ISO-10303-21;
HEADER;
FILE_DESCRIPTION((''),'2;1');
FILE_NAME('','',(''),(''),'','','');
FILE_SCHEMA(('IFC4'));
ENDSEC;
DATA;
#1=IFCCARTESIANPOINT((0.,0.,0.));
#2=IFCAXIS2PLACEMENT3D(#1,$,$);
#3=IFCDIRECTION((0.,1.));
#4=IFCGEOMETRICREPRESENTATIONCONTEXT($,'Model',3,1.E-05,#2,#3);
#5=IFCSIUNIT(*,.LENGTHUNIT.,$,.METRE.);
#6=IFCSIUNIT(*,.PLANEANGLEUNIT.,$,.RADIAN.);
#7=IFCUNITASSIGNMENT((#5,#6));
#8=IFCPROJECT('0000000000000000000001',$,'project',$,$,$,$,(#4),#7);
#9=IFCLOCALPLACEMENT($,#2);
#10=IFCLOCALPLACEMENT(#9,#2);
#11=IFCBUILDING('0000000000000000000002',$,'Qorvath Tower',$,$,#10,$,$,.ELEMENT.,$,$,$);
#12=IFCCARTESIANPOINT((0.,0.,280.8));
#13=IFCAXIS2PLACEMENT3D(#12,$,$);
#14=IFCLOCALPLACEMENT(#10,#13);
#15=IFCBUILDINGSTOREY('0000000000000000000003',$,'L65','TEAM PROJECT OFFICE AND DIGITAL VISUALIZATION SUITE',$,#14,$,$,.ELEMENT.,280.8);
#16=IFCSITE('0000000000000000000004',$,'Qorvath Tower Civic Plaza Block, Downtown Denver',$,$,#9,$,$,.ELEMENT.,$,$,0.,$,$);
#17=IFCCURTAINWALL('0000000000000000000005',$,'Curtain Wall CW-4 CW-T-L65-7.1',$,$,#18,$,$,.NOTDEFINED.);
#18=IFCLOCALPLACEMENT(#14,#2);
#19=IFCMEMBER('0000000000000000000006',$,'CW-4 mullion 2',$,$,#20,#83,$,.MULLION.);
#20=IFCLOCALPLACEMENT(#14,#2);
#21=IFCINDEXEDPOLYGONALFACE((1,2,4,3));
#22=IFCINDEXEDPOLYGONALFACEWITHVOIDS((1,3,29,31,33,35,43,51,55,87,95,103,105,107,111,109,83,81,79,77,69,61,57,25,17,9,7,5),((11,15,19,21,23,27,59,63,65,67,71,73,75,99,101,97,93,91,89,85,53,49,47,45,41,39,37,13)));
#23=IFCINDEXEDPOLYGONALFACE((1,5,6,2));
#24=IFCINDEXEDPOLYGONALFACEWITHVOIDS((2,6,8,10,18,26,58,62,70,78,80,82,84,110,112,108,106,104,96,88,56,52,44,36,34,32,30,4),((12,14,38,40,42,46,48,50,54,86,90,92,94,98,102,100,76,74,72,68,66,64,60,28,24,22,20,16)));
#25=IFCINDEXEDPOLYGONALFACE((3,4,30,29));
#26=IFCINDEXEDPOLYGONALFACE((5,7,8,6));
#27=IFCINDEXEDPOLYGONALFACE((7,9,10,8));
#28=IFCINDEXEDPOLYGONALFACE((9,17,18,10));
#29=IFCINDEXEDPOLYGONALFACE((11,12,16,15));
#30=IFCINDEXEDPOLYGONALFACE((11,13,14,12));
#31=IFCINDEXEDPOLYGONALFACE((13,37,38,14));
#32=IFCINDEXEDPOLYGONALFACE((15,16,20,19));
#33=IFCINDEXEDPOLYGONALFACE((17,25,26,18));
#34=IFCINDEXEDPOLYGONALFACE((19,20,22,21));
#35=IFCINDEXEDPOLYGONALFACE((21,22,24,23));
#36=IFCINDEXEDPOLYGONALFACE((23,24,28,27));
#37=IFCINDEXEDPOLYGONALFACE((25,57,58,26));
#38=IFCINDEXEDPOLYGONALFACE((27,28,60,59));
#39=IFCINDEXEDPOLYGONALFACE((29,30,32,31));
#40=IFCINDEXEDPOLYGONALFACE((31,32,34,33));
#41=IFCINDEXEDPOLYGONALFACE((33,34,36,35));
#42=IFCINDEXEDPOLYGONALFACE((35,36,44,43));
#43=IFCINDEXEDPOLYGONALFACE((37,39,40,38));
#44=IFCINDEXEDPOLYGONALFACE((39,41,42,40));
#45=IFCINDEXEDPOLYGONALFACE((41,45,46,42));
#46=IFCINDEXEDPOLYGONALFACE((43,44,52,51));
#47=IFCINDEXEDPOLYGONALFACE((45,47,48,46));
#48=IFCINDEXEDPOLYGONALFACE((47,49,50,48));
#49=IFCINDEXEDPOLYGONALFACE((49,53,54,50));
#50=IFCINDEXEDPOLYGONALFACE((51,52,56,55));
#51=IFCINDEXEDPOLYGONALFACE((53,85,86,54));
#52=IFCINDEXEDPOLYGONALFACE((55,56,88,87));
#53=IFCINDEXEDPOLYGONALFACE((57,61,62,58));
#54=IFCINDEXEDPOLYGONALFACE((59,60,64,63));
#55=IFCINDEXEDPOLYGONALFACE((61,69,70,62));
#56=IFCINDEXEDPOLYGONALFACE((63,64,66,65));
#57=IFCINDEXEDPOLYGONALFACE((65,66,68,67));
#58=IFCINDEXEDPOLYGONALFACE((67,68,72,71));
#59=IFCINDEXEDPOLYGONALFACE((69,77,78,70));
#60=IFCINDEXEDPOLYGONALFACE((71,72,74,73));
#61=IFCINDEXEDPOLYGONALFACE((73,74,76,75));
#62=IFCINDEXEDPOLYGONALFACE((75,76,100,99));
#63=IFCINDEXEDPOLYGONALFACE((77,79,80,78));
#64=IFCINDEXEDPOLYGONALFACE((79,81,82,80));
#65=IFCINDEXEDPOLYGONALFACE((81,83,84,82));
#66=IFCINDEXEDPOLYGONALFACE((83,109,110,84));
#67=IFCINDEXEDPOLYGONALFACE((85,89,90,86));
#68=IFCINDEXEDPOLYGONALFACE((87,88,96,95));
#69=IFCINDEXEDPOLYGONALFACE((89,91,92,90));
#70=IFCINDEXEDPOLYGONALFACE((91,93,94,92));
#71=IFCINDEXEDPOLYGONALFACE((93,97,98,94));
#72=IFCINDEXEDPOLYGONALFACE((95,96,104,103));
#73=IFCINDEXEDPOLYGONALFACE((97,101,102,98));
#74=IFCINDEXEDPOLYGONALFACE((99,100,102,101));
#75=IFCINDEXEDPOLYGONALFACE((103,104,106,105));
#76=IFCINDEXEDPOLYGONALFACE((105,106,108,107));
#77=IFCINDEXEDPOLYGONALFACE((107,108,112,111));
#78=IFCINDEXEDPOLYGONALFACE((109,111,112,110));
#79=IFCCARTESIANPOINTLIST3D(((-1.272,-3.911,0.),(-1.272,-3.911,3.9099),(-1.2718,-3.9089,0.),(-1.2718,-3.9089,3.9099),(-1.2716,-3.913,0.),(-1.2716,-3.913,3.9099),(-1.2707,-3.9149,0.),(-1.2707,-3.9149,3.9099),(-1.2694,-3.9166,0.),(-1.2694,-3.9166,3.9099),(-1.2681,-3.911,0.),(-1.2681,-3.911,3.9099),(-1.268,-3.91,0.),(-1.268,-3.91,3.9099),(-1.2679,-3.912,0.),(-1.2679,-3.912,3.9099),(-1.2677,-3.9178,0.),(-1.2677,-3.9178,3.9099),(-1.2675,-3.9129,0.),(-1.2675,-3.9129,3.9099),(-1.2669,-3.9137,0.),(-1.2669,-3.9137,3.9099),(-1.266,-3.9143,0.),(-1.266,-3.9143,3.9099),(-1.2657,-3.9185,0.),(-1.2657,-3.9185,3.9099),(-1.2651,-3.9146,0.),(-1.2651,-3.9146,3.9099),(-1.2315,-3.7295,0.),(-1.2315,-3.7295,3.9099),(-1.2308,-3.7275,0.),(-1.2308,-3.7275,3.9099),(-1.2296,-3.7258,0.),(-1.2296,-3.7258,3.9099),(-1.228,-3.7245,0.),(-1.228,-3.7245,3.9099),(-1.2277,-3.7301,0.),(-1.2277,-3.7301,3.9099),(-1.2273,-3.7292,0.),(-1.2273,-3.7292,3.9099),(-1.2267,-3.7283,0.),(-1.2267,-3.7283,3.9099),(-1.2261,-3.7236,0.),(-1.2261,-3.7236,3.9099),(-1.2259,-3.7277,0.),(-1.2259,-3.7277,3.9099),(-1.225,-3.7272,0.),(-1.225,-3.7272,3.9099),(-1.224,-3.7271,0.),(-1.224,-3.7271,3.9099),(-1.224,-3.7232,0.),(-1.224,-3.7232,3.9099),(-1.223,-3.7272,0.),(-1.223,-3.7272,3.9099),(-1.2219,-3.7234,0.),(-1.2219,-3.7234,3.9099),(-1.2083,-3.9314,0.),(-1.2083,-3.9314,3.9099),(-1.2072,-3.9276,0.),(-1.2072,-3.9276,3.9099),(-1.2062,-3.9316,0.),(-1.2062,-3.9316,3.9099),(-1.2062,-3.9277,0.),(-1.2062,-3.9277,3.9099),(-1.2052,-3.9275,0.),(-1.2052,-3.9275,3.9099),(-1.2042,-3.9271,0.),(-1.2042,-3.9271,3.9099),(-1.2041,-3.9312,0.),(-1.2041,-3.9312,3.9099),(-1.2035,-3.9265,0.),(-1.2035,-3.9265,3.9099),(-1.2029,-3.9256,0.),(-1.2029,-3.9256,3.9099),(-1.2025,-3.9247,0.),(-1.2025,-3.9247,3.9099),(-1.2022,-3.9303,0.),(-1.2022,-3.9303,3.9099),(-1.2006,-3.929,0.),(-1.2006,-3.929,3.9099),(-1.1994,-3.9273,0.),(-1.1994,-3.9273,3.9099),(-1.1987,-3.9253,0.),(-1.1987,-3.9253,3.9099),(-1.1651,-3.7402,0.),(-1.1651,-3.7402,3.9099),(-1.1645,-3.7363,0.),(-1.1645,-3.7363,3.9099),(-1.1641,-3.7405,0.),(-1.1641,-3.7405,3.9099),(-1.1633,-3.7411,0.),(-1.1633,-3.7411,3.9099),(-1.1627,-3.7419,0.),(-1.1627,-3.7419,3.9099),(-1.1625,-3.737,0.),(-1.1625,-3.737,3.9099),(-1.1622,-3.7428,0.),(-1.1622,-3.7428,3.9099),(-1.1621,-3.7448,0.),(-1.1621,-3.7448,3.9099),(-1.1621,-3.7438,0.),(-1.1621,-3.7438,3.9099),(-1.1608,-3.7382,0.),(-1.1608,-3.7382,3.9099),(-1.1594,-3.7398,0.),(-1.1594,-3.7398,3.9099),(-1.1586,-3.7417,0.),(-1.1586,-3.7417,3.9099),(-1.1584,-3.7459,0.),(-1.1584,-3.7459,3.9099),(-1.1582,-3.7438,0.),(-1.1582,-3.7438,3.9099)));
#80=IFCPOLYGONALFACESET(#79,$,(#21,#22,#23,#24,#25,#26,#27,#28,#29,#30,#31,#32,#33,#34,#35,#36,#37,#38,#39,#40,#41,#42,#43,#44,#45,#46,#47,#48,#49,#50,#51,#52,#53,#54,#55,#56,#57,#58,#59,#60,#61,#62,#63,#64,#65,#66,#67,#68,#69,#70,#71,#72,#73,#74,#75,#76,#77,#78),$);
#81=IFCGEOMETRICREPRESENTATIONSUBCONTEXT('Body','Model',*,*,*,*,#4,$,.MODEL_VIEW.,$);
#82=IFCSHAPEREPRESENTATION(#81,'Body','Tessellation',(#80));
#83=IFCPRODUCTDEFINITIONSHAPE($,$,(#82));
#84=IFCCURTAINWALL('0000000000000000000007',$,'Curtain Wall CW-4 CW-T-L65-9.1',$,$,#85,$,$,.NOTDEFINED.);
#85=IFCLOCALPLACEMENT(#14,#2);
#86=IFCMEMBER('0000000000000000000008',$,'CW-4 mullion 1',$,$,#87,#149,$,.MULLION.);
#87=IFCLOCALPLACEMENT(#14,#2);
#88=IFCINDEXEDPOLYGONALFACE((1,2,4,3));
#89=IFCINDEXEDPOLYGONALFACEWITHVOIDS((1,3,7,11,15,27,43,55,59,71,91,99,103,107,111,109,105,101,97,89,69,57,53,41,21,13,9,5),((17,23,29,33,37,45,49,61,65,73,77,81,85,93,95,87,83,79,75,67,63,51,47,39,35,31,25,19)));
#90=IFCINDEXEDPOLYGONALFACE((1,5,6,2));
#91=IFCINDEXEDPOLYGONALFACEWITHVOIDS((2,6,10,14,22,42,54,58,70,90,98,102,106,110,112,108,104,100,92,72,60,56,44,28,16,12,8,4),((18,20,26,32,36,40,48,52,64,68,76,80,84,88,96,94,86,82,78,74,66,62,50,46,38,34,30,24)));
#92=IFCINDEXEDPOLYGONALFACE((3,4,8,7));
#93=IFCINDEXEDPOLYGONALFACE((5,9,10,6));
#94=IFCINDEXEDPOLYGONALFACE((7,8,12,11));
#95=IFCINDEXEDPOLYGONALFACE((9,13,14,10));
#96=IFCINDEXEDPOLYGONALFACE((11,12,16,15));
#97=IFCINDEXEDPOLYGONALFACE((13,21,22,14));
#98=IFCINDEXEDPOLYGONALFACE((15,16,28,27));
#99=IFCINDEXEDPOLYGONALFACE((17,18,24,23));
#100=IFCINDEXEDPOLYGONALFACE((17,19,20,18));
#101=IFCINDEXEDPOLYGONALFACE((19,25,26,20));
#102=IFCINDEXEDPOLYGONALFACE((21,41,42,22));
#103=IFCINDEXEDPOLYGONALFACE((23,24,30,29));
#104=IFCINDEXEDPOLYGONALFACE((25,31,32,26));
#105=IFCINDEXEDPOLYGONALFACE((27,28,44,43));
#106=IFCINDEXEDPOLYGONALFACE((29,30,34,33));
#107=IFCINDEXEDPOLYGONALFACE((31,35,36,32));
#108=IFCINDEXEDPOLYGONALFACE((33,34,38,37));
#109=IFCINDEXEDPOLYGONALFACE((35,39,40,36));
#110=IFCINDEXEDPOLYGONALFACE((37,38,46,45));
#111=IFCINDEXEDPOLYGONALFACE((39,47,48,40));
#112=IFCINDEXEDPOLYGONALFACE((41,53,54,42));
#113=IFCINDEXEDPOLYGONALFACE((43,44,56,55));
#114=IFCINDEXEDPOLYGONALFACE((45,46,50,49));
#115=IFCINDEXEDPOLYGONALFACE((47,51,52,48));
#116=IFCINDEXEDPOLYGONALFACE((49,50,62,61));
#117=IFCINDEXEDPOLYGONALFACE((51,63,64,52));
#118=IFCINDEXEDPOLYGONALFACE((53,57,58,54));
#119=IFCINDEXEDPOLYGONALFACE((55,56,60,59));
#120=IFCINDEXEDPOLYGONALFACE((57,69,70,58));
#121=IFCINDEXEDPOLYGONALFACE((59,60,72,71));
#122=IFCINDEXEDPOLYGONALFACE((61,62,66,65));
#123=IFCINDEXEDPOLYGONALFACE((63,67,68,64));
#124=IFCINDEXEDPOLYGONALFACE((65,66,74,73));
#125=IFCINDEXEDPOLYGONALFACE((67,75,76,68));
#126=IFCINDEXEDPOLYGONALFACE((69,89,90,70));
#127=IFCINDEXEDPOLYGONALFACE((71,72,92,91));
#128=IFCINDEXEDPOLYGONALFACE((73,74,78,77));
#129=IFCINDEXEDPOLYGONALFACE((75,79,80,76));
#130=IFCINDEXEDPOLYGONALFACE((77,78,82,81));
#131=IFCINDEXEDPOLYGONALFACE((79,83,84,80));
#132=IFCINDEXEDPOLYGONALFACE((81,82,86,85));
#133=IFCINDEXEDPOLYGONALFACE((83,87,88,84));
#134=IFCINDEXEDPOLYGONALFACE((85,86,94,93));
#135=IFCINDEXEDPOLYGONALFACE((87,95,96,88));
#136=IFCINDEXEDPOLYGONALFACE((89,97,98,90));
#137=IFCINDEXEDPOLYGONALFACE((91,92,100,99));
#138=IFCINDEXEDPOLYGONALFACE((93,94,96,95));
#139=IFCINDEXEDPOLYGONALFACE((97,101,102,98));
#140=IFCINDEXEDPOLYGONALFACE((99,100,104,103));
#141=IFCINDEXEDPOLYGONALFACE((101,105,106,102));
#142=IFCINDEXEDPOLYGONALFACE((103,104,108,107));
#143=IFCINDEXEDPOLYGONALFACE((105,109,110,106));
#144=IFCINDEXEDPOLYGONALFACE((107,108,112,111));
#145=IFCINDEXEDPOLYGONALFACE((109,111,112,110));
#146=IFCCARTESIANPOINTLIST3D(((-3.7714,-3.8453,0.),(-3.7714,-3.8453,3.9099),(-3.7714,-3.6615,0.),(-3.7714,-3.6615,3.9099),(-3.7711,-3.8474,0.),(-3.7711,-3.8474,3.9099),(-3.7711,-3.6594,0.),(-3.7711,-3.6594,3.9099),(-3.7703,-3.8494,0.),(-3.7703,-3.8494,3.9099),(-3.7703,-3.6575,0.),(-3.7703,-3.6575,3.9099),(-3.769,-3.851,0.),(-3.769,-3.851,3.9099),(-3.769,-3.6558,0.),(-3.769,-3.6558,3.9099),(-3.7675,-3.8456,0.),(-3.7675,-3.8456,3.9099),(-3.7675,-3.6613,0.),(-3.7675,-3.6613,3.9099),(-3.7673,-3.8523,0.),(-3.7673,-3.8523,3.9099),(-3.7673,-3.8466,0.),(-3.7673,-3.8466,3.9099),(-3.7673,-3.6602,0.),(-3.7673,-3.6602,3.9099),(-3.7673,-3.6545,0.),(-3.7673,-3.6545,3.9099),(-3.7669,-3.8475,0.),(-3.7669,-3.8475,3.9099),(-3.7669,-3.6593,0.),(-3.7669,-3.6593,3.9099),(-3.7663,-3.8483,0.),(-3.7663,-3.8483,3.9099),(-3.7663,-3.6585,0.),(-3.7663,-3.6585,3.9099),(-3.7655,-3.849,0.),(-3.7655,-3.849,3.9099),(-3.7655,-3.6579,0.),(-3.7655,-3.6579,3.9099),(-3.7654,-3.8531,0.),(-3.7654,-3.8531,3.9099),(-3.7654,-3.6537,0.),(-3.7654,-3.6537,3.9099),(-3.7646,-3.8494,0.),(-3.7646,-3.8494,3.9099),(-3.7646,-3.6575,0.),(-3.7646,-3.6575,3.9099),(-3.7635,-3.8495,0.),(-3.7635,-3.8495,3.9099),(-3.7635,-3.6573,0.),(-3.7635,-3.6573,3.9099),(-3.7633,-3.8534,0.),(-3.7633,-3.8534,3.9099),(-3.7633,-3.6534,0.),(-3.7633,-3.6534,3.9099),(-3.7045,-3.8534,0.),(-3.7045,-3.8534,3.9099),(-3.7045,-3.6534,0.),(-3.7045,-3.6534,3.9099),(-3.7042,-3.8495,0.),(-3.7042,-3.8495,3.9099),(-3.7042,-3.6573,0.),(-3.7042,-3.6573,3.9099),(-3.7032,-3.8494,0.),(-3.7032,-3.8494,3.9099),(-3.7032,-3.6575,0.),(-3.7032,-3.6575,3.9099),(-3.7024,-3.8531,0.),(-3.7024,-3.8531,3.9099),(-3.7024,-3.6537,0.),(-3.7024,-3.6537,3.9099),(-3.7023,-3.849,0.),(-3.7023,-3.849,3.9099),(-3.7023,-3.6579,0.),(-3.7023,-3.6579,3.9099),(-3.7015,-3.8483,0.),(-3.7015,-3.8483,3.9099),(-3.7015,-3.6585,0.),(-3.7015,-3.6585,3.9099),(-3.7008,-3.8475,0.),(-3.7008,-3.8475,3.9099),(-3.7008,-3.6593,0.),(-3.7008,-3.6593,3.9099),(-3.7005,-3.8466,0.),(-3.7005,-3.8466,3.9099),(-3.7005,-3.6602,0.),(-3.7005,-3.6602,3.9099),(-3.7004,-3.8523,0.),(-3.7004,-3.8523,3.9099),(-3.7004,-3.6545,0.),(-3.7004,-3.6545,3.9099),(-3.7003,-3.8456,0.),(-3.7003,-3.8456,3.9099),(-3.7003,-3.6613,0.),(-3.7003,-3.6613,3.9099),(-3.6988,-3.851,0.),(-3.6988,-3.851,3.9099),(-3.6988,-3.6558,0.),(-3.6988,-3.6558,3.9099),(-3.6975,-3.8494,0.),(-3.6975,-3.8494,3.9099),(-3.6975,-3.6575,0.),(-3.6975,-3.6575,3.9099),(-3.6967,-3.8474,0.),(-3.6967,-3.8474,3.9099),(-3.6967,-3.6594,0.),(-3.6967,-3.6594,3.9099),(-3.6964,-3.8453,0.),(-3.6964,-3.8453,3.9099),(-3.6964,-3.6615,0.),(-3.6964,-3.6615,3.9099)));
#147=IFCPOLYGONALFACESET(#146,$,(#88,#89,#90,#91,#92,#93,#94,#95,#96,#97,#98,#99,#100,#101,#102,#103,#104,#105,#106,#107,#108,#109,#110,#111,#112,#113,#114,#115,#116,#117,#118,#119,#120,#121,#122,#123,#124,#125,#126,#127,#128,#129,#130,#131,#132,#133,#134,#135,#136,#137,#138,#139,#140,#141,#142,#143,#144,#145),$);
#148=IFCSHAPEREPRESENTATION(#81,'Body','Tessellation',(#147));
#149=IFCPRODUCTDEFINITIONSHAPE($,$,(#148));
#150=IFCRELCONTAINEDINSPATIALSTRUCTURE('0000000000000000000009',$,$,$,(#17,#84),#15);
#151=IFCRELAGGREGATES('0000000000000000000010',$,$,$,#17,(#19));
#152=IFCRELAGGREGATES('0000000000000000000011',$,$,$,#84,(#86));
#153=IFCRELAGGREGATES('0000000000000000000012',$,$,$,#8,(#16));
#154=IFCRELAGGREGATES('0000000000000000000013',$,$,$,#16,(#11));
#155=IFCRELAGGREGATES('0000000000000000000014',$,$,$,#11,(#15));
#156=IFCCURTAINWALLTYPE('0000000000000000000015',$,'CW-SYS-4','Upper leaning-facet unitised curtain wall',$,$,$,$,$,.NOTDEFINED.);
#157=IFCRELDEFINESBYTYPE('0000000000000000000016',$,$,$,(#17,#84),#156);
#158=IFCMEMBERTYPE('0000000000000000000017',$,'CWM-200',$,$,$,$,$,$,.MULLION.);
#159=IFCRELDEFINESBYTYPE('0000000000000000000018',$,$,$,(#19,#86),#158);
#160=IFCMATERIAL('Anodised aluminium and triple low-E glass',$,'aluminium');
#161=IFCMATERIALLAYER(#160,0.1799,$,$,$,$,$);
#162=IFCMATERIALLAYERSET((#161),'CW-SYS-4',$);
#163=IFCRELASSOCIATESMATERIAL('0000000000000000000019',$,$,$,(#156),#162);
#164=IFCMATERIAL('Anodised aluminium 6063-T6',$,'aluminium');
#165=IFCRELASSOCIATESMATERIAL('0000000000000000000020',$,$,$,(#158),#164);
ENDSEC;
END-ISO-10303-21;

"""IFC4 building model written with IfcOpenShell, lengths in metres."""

from ifc_helpers import new_model, si_unit, direction, frame, origin, origin_2d, place, context, subcontext, project, spatial, hollow_rectangle, extrude, material, layer, layer_set, material_profile, profile_set, type_object, element, aggregate, save


model = new_model("IFC4")

# Units and contexts
model_context = context("Model", 3, precision=1e-05, world=origin(), true_north=direction((0.0, 1.0)))
body_context = subcontext(model_context, "Body", "Model", "MODEL_VIEW")
ifc_project = project(units=[si_unit("LENGTHUNIT", "METRE"), si_unit("PLANEANGLEUNIT", "RADIAN")], contexts=[model_context])

# Site, building, storey
site_placement = place(None, origin())
site = spatial("IfcSite", under=ifc_project, at=site_placement, Name="Qorvath Tower Civic Plaza Block, Downtown Denver", CompositionType="ELEMENT", RefElevation=0.0)
building_placement = place(site_placement, origin())
building = spatial("IfcBuilding", under=site, at=building_placement, Name="Qorvath Tower", CompositionType="ELEMENT")
storey_placement = place(building_placement, frame((0.0, 0.0, 280.8)))
storey = spatial("IfcBuildingStorey", under=building, at=storey_placement, Name="L65", Description="TEAM PROJECT OFFICE AND DIGITAL VISUALIZATION SUITE", CompositionType="ELEMENT", Elevation=280.8)

# Curtain wall, member
ifc_material_1 = material(Name="Anodised aluminium and triple low-E glass", Category="aluminium")
ifc_layer_1 = layer(ifc_material_1, 0.1799)
ifc_layer_set_1 = layer_set([ifc_layer_1], Name="CW-SYS-4")
curtain_wall_type = type_object("IfcCurtainWallType", Name="CW-SYS-4", Description="Upper leaning-facet unitised curtain wall", PredefinedType="NOTDEFINED", material=ifc_layer_set_1)
curtain_wall_1_placement = place(storey_placement, origin())
curtain_wall_1 = element("IfcCurtainWall", 1, at=curtain_wall_1_placement, inside=storey, type_object=curtain_wall_type, Name="Curtain Wall CW-4 CW-T-L65-7.1", PredefinedType="NOTDEFINED")
ifc_material_2 = material(Name="Anodised aluminium 6063-T6", Category="aluminium")
ifc_material_profile_1 = material_profile(ifc_material_2, hollow_rectangle(XDim=0.075, YDim=0.2, WallThickness=0.0039, InnerFilletRadius=0.0039, OuterFilletRadius=0.0081, at=origin_2d()), Name="CWM 200x75")
ifc_profile_set_1 = profile_set([ifc_material_profile_1], Name="Anodised aluminium 6063-T6")
member_type_1 = type_object("IfcMemberType", Name="CWM-200", PredefinedType="MULLION", material=ifc_profile_set_1)
member_1_placement = place(storey_placement, frame((-1.2151, -3.8274, 0.0), z_axis=(0.0, 0.0, 1.0), x_axis=(-0.975724, 0.219006, 0.0)))
member_1 = element("IfcMember", 2, at=member_1_placement, type_object=member_type_1, Name="CW-4 mullion 2", PredefinedType="MULLION", context=body_context, shape_type="SweptSolid", body=[
    extrude(hollow_rectangle(XDim=0.075, YDim=0.2, WallThickness=0.0039, InnerFilletRadius=0.0039, OuterFilletRadius=0.0081, at=origin_2d()), origin(), (0.0, 0.0, 1.0), 3.9099),
])
aggregate(curtain_wall_1, [member_1])

# Curtain wall, member
curtain_wall_2_placement = place(storey_placement, origin())
curtain_wall_2 = element("IfcCurtainWall", 3, at=curtain_wall_2_placement, inside=storey, type_object=curtain_wall_type, Name="Curtain Wall CW-4 CW-T-L65-9.1", PredefinedType="NOTDEFINED")
member_2_placement = place(storey_placement, frame((-3.7339, -3.7534, 0.0), z_axis=(0.0, 0.0, 1.0), x_axis=(-1.0, 0.0, 0.0)))
member_2 = element("IfcMember", 4, at=member_2_placement, type_object=member_type_1, Name="CW-4 mullion 1", PredefinedType="MULLION", context=body_context, shape_type="SweptSolid", body=[
    extrude(hollow_rectangle(XDim=0.075, YDim=0.2, WallThickness=0.0039, InnerFilletRadius=0.0039, OuterFilletRadius=0.0081, at=origin_2d()), origin(), (0.0, 0.0, 1.0), 3.9099),
])
aggregate(curtain_wall_2, [member_2])

save(model, "model.ifc")
